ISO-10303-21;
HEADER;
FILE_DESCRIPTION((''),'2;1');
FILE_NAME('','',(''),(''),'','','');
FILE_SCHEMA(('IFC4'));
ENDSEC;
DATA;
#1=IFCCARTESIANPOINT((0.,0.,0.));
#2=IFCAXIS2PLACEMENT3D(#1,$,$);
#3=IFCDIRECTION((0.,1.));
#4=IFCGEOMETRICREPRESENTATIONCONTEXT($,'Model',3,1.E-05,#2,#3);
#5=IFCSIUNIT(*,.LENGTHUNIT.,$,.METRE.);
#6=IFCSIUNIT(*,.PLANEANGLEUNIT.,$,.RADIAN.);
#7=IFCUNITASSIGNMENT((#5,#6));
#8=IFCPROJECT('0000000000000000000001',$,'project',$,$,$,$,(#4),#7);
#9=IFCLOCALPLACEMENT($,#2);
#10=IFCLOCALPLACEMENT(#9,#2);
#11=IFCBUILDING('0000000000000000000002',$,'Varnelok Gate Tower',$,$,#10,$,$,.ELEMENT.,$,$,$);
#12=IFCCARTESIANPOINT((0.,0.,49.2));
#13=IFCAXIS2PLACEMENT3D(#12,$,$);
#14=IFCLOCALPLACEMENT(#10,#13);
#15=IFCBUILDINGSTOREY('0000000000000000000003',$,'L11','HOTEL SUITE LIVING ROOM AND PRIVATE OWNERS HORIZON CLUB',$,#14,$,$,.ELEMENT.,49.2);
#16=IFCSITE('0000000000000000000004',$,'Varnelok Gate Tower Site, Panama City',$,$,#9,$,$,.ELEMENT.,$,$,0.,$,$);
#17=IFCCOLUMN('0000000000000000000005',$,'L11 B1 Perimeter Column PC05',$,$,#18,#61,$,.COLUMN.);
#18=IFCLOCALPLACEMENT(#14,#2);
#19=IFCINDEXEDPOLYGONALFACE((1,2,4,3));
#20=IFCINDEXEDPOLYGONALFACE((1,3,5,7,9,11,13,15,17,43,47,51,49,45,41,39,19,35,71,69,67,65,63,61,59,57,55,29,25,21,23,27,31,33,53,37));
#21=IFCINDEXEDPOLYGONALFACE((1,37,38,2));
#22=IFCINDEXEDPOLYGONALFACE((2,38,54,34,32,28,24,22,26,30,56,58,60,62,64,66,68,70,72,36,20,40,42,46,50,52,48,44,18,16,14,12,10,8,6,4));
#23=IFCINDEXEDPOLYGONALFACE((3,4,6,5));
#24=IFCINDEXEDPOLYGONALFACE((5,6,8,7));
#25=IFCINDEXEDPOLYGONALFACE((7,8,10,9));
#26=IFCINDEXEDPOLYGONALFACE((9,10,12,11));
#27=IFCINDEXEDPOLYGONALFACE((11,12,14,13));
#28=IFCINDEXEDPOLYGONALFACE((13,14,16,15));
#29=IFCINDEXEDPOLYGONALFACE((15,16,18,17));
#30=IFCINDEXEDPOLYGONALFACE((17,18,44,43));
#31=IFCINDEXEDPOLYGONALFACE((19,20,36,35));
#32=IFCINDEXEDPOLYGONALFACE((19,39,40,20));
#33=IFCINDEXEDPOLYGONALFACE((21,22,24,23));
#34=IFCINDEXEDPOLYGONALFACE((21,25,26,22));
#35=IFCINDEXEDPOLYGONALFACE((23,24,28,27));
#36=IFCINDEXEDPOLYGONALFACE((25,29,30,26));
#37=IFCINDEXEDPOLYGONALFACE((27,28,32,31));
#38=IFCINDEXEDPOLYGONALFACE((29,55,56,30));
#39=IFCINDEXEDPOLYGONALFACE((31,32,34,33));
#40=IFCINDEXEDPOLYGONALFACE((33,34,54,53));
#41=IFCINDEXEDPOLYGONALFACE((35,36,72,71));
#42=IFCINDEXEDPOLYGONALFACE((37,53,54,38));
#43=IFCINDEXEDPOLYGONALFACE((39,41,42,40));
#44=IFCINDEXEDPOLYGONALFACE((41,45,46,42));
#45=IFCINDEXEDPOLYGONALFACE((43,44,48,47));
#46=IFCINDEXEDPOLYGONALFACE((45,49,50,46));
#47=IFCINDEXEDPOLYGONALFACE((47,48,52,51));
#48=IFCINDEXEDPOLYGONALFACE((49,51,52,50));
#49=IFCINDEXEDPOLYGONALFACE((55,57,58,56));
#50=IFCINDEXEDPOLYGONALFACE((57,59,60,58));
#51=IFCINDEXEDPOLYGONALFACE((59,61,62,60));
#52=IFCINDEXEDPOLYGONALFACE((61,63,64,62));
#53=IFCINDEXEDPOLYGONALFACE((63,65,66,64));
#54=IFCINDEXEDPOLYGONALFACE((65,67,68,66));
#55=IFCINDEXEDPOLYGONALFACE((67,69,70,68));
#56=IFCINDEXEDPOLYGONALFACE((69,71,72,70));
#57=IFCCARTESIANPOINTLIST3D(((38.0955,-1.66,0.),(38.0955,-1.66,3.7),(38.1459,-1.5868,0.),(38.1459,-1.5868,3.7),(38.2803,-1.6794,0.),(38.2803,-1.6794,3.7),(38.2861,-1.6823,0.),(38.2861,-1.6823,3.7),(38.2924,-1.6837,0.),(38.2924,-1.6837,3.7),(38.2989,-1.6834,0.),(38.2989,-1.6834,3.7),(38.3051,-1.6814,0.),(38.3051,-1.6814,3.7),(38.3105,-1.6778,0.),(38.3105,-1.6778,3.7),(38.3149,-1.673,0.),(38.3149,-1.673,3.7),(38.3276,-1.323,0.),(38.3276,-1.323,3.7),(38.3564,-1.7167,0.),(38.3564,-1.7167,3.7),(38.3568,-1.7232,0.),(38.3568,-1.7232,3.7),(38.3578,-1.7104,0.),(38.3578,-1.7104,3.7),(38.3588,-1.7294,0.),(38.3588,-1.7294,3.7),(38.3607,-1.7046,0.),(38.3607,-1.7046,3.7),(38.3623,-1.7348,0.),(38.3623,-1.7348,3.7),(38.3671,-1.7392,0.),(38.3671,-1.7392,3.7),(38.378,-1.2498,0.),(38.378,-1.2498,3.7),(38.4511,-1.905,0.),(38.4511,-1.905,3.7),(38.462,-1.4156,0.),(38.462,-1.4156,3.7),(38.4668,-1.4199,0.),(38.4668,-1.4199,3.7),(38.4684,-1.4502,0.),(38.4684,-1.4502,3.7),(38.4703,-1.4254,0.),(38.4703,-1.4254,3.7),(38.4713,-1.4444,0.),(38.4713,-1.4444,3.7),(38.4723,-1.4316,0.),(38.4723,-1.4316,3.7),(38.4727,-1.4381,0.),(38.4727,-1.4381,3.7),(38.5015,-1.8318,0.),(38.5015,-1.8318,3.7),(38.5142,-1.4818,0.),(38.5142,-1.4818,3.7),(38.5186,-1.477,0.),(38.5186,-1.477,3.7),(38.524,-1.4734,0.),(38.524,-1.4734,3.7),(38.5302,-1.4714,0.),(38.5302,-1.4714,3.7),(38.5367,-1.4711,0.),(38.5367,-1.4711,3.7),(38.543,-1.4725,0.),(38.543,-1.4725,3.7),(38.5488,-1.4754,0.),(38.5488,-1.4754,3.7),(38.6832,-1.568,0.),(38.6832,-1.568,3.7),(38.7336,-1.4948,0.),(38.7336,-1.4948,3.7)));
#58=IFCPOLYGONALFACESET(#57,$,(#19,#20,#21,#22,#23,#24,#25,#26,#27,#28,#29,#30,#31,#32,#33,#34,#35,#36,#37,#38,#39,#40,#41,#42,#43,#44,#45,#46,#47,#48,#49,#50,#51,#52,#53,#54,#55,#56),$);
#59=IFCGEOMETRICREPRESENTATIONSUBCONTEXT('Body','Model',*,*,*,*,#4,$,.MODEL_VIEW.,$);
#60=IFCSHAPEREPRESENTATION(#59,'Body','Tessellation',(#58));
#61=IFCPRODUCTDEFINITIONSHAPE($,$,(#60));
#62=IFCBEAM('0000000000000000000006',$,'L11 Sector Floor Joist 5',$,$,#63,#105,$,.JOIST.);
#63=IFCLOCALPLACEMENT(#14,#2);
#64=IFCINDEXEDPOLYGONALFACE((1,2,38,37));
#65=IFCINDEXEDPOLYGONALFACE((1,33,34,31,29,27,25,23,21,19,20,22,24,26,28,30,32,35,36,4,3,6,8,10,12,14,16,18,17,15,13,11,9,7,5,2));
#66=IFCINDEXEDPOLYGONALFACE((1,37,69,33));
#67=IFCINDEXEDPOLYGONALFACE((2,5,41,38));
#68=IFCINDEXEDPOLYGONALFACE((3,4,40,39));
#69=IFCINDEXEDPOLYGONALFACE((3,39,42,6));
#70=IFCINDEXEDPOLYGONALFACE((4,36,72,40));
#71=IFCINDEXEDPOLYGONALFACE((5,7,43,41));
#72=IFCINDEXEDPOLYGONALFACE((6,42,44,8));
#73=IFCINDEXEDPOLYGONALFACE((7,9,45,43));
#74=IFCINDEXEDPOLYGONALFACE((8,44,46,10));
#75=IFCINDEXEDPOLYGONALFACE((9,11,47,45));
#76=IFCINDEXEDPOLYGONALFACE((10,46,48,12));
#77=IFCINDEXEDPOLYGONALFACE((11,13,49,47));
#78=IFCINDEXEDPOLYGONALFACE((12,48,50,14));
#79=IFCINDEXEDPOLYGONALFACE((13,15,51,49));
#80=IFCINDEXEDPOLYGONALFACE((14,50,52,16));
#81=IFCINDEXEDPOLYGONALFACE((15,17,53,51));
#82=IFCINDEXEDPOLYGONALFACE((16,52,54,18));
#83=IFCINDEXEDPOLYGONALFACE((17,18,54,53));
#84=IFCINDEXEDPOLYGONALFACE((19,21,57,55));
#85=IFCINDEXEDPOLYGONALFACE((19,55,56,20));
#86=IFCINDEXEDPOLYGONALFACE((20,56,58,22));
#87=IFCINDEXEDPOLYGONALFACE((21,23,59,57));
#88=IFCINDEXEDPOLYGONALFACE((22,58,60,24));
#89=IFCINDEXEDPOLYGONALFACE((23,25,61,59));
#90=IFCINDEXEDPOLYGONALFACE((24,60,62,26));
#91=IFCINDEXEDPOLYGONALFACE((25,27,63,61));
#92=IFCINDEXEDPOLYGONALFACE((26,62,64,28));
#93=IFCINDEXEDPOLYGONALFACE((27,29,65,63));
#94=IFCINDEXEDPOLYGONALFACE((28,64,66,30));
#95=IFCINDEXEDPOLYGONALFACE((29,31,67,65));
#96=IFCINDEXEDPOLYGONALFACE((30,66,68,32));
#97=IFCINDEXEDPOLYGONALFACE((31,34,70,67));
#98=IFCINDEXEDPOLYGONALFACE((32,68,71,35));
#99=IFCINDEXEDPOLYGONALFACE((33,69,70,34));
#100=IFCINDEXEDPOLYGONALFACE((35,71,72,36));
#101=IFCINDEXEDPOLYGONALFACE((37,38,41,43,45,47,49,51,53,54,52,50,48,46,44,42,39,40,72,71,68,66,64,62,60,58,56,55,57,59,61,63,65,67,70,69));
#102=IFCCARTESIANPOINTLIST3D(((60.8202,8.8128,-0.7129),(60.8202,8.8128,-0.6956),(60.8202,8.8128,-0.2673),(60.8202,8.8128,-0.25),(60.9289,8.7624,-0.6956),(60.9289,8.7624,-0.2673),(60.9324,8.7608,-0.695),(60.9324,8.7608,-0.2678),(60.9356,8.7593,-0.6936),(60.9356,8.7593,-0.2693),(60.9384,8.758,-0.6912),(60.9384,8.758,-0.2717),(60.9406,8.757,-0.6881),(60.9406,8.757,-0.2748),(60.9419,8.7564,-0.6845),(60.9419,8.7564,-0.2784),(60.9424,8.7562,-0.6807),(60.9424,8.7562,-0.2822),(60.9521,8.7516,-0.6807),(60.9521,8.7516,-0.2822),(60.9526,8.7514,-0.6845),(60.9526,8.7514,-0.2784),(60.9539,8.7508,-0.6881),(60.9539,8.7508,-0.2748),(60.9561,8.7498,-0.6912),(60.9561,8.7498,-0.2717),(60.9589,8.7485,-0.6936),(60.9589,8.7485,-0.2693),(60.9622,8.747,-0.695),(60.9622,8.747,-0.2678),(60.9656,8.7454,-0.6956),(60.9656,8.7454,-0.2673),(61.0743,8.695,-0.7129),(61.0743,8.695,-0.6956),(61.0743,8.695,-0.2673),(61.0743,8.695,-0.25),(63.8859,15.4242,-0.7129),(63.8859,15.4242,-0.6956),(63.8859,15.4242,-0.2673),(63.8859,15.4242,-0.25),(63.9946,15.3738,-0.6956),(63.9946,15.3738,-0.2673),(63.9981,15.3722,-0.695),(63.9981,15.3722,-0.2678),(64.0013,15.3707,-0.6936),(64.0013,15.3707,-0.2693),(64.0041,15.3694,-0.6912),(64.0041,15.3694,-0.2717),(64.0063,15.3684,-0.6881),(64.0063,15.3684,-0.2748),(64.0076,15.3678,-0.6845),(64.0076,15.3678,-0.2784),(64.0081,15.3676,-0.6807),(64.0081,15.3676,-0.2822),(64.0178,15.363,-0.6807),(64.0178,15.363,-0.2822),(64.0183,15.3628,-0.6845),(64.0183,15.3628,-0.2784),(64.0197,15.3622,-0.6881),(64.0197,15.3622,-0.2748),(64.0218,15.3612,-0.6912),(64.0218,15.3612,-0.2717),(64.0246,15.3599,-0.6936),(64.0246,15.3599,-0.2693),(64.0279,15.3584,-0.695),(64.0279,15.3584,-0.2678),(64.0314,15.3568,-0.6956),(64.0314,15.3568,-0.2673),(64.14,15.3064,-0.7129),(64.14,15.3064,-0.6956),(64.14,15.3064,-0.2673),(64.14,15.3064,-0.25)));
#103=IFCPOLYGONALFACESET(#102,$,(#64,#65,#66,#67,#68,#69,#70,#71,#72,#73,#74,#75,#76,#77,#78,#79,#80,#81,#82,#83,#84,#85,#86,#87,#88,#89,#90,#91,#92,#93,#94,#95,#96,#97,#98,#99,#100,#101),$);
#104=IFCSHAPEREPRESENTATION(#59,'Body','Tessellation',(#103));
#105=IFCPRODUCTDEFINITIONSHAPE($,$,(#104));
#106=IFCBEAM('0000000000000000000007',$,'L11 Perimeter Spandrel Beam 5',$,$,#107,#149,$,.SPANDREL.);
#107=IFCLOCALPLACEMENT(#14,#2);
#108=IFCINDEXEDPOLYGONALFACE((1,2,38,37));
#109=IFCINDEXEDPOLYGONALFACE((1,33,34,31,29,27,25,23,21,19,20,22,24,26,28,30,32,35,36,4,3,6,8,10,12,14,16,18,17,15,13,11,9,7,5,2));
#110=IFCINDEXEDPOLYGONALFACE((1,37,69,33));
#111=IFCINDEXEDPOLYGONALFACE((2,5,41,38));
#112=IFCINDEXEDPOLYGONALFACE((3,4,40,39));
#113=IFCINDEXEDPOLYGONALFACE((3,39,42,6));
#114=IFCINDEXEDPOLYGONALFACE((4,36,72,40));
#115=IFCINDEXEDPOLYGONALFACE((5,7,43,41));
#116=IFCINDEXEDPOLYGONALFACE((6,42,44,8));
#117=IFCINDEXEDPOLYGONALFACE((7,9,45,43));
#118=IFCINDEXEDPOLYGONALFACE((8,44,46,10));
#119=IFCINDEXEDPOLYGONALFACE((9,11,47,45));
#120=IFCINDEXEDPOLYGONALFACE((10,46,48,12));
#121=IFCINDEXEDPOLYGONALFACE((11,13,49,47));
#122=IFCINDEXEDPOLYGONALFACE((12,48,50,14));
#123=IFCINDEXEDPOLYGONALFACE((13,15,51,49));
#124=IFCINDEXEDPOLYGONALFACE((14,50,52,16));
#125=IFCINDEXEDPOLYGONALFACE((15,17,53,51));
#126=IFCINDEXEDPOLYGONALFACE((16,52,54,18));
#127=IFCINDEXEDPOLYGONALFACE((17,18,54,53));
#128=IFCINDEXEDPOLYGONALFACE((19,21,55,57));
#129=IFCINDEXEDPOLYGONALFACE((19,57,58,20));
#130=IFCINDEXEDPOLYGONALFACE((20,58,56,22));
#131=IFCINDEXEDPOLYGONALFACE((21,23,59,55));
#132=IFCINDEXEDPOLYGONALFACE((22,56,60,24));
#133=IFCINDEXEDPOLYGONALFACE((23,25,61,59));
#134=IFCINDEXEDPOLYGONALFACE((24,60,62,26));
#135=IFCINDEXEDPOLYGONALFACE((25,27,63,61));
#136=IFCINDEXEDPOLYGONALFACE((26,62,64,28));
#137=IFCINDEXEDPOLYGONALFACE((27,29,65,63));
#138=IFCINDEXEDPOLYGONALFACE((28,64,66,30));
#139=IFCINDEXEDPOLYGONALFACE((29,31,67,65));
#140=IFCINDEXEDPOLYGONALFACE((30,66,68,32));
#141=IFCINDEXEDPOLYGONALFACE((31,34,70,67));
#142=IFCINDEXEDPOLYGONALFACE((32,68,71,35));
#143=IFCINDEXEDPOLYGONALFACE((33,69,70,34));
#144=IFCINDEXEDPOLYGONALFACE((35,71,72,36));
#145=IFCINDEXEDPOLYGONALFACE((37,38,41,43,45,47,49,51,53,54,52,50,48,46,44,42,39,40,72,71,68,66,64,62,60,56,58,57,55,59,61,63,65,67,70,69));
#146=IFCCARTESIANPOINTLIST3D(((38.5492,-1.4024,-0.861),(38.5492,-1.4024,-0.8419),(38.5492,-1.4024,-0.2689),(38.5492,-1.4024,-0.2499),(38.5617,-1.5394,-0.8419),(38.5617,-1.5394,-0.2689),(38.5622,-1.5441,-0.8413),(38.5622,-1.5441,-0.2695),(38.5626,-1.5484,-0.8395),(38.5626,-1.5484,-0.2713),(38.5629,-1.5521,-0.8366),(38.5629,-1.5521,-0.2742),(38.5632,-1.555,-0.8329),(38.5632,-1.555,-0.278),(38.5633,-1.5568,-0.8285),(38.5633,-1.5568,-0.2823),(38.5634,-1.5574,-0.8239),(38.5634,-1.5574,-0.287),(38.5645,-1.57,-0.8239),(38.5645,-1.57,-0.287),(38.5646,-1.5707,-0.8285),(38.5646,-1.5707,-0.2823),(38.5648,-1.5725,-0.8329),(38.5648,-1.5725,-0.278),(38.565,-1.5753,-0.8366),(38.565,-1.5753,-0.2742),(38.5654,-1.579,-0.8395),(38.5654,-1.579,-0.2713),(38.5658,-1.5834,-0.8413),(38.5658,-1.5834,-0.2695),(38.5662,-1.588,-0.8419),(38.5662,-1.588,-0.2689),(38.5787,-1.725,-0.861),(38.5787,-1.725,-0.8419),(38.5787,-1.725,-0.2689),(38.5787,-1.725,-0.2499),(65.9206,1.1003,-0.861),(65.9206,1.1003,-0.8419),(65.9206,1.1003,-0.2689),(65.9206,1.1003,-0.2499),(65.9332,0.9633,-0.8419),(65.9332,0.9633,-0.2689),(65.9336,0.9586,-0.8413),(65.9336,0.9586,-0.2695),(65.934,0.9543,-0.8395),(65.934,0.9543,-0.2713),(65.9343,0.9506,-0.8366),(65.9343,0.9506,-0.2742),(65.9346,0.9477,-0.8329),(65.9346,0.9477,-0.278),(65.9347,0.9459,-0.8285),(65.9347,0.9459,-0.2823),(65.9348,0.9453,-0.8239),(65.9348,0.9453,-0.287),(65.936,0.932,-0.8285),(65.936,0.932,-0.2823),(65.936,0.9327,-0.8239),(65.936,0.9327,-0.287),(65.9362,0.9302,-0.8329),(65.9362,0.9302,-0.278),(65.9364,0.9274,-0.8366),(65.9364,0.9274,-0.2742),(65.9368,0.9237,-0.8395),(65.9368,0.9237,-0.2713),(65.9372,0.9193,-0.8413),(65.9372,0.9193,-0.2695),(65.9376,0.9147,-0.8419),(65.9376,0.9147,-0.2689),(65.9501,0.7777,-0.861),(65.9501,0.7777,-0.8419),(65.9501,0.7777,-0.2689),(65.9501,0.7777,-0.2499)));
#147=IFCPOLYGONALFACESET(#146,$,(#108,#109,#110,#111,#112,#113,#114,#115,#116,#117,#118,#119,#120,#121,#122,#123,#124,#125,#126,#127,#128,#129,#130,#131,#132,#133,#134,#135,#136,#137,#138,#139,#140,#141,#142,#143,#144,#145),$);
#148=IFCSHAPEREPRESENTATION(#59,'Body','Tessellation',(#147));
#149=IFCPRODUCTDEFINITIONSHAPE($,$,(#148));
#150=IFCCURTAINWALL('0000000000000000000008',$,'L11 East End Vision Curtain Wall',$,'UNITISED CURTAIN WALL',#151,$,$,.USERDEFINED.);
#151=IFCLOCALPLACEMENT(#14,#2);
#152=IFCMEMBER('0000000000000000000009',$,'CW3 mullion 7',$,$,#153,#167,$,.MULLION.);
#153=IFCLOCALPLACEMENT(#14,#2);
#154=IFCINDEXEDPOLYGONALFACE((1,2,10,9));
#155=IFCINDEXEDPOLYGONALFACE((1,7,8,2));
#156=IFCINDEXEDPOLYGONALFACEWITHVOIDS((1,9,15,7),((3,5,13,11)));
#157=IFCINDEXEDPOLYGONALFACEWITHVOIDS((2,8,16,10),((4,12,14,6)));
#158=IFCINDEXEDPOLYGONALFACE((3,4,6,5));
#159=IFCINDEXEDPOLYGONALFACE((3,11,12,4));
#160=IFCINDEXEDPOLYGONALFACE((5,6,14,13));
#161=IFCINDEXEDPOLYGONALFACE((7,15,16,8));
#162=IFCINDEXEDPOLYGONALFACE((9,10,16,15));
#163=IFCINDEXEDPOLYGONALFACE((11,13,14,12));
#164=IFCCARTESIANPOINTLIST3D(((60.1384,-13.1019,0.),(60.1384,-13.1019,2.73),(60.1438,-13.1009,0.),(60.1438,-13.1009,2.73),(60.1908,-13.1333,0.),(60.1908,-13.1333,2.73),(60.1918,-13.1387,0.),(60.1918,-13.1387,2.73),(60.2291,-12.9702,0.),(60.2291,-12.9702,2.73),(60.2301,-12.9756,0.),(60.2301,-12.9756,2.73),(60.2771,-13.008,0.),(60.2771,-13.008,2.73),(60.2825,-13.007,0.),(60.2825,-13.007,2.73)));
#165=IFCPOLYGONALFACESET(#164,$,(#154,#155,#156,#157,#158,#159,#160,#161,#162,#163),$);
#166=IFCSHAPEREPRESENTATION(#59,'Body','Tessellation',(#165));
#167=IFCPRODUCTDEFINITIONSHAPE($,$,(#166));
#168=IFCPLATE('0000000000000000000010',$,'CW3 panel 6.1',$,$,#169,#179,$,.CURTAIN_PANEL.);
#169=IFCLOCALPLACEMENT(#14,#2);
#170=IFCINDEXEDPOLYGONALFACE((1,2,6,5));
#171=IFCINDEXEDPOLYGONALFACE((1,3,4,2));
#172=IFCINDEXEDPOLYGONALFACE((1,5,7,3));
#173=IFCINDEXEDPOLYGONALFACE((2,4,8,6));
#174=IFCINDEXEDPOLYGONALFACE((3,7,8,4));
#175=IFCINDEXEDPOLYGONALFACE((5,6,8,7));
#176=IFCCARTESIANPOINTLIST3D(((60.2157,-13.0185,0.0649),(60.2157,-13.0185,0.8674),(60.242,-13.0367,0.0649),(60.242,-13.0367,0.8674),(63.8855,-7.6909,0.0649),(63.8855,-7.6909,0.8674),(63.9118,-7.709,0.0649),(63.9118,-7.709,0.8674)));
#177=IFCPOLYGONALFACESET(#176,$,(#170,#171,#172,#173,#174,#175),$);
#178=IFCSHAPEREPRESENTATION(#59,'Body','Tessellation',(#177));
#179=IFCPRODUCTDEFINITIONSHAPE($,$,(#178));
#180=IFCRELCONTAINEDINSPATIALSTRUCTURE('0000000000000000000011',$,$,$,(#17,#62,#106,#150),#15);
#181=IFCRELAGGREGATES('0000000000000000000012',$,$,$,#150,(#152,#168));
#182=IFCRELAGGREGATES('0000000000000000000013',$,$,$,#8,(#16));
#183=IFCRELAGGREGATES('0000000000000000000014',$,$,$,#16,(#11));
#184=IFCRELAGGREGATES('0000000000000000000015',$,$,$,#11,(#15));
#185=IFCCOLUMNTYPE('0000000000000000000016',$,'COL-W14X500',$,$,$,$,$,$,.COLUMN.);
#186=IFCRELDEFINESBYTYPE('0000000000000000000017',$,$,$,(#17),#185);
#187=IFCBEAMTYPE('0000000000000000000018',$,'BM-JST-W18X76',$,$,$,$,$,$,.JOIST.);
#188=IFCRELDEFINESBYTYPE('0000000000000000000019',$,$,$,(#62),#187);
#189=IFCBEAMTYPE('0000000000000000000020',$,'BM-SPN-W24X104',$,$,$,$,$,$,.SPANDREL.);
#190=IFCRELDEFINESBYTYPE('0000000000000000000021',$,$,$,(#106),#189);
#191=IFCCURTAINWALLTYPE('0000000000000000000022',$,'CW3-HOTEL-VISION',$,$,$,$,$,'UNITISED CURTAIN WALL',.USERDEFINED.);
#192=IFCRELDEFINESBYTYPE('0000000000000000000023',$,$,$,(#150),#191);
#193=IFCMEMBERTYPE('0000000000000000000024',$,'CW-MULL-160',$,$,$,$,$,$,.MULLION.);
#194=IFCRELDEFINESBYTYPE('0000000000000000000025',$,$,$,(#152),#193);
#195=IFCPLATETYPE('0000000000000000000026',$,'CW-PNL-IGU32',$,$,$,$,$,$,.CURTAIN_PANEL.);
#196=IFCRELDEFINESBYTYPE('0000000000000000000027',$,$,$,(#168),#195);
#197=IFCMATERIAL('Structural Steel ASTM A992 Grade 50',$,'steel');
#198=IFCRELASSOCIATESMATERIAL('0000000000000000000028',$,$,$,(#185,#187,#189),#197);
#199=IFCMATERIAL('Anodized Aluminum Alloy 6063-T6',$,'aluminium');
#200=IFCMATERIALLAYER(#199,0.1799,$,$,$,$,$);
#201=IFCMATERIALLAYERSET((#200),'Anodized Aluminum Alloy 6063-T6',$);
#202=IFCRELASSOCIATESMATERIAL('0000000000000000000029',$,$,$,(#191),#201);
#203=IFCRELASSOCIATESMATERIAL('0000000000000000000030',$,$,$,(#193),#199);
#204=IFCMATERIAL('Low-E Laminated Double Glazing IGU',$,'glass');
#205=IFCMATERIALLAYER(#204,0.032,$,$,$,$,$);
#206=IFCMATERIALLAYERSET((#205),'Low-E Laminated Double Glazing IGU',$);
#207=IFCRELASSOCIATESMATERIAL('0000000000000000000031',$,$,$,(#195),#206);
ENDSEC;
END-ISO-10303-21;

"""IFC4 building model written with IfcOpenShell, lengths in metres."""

from ifc_helpers import new_model, si_unit, direction, frame, origin, origin_2d, place, context, subcontext, project, spatial, rectangle, hollow_rectangle, i_section, extrude, source, transform, mapped, material, layer, layer_set, material_profile, profile_set, type_object, element, aggregate, save


model = new_model("IFC4")

# Units and contexts
model_context = context("Model", 3, precision=1e-05, world=origin(), true_north=direction((0.0, 1.0)))
body_context = subcontext(model_context, "Body", "Model", "MODEL_VIEW")
ifc_project = project(units=[si_unit("LENGTHUNIT", "METRE"), si_unit("PLANEANGLEUNIT", "RADIAN")], contexts=[model_context])

# Site, building, storey
site_placement = place(None, origin())
site = spatial("IfcSite", under=ifc_project, at=site_placement, Name="Varnelok Gate Tower Site, Panama City", CompositionType="ELEMENT", RefElevation=0.0)
building_placement = place(site_placement, origin())
building = spatial("IfcBuilding", under=site, at=building_placement, Name="Varnelok Gate Tower", CompositionType="ELEMENT")
storey_placement = place(building_placement, frame((0.0, 0.0, 49.2)))
storey = spatial("IfcBuildingStorey", under=building, at=storey_placement, Name="L11", Description="HOTEL SUITE LIVING ROOM AND PRIVATE OWNERS HORIZON CLUB", CompositionType="ELEMENT", Elevation=49.2)

# Column
ifc_material_1 = material(Name="Structural Steel ASTM A992 Grade 50", Category="steel")
ifc_material_profile_1 = material_profile(ifc_material_1, i_section(OverallWidth=0.4319, OverallDepth=0.498, WebThickness=0.0557, FlangeThickness=0.0889, FilletRadius=0.0249, at=origin_2d()), Name="W14X500")
ifc_profile_set_1 = profile_set([ifc_material_profile_1], Name="Structural Steel ASTM A992 Grade 50")
column_type = type_object("IfcColumnType", Name="COL-W14X500", PredefinedType="COLUMN", material=ifc_profile_set_1)
column_placement = place(storey_placement, frame((38.4146, -1.5774, 0.0), z_axis=(0.0, 0.0, 1.0), x_axis=(0.823533, -0.567269, 0.0)))
element("IfcColumn", 1, at=column_placement, inside=storey, type_object=column_type, Name="L11 B1 Perimeter Column PC05", PredefinedType="COLUMN", context=body_context, shape_type="SweptSolid", body=[
    extrude(i_section(OverallWidth=0.4319, OverallDepth=0.498, WebThickness=0.0557, FlangeThickness=0.0889, FilletRadius=0.0249, at=origin_2d()), origin(), (0.0, 0.0, 1.0), 3.7),
])

# Beams
ifc_material_profile_2 = material_profile(ifc_material_1, i_section(OverallWidth=0.28, OverallDepth=0.4629, WebThickness=0.0107, FlangeThickness=0.0173, FilletRadius=0.0149, at=origin_2d()), Name="W18X76")
ifc_profile_set_2 = profile_set([ifc_material_profile_2], Name="Structural Steel ASTM A992 Grade 50")
beam_type_1 = type_object("IfcBeamType", Name="BM-JST-W18X76", PredefinedType="JOIST", material=ifc_profile_set_2)
beam_1_placement = place(storey_placement, frame((60.9473, 8.7539, -0.4814), z_axis=(0.420674, 0.907212, 0.0), x_axis=(-0.907212, 0.420674, 0.0)))
element("IfcBeam", 2, at=beam_1_placement, inside=storey, type_object=beam_type_1, Name="L11 Sector Floor Joist 5", PredefinedType="JOIST", context=body_context, shape_type="SweptSolid", body=[
    extrude(i_section(OverallWidth=0.28, OverallDepth=0.4629, WebThickness=0.0107, FlangeThickness=0.0173, FilletRadius=0.0149, at=origin_2d()), origin(), (0.0, 0.0, 1.0), 7.2876),
])
ifc_material_profile_3 = material_profile(ifc_material_1, i_section(OverallWidth=0.324, OverallDepth=0.6111, WebThickness=0.0127, FlangeThickness=0.019, FilletRadius=0.0181, at=origin_2d()), Name="W24X104")
ifc_profile_set_3 = profile_set([ifc_material_profile_3], Name="Structural Steel ASTM A992 Grade 50")
beam_type_2 = type_object("IfcBeamType", Name="BM-SPN-W24X104", PredefinedType="SPANDREL", material=ifc_profile_set_3)
beam_2_placement = place(storey_placement, frame((38.564, -1.5637, -0.5554), z_axis=(0.995846, 0.091055, 0.0), x_axis=(-0.091055, 0.995846, 0.0)))
element("IfcBeam", 3, at=beam_2_placement, inside=storey, type_object=beam_type_2, Name="L11 Perimeter Spandrel Beam 5", PredefinedType="SPANDREL", context=body_context, shape_type="SweptSolid", body=[
    extrude(i_section(OverallWidth=0.324, OverallDepth=0.6111, WebThickness=0.0127, FlangeThickness=0.019, FilletRadius=0.0181, at=origin_2d()), origin(), (0.0, 0.0, 1.0), 27.4856),
])

# Curtain wall, member, plate
ifc_material_2 = material(Name="Anodized Aluminum Alloy 6063-T6", Category="aluminium")
ifc_layer_1 = layer(ifc_material_2, 0.1799)
ifc_layer_set_1 = layer_set([ifc_layer_1], Name="Anodized Aluminum Alloy 6063-T6")
curtain_wall_type = type_object("IfcCurtainWallType", Name="CW3-HOTEL-VISION", ElementType="UNITISED CURTAIN WALL", PredefinedType="USERDEFINED", material=ifc_layer_set_1)
curtain_wall_placement = place(storey_placement, origin())
curtain_wall = element("IfcCurtainWall", 4, at=curtain_wall_placement, inside=storey, type_object=curtain_wall_type, Name="L11 East End Vision Curtain Wall", ObjectType="UNITISED CURTAIN WALL", PredefinedType="USERDEFINED")
ifc_material_profile_4 = material_profile(ifc_material_2, hollow_rectangle(XDim=0.0649, YDim=0.1599, WallThickness=0.0039, at=origin_2d()), Name="ALU160X65X4")
ifc_profile_set_4 = profile_set([ifc_material_profile_4], Name="Anodized Aluminum Alloy 6063-T6")
member_type = type_object("IfcMemberType", Name="CW-MULL-160", PredefinedType="MULLION", material=ifc_profile_set_4)
member_placement = place(storey_placement, frame((60.2104, -13.0544, 0.0), z_axis=(0.0, 0.0, 1.0), x_axis=(0.823533, -0.567269, 0.0)))
member = element("IfcMember", 5, at=member_placement, type_object=member_type, Name="CW3 mullion 7", PredefinedType="MULLION", context=body_context, shape_type="SweptSolid", body=[
    extrude(hollow_rectangle(XDim=0.0649, YDim=0.1599, WallThickness=0.0039, at=origin_2d()), origin(), (0.0, 0.0, 1.0), 2.73),
])
ifc_material_3 = material(Name="Low-E Laminated Double Glazing IGU", Category="glass")
ifc_layer_2 = layer(ifc_material_3, 0.032)
ifc_layer_set_2 = layer_set([ifc_layer_2], Name="Low-E Laminated Double Glazing IGU")
plate_type = type_object("IfcPlateType", Name="CW-PNL-IGU32", PredefinedType="CURTAIN_PANEL", material=ifc_layer_set_2)
shared_shape_1 = source(origin(), body_context, "Body", "SweptSolid", [
    extrude(rectangle(XDim=6.4692, YDim=0.032, at=origin_2d()), origin(), (0.0, 0.0, 1.0), 0.8025),
])
plate_1_placement = place(storey_placement, frame((62.0637, -10.3638, 0.0649), z_axis=(0.0, 0.0, 1.0), x_axis=(-0.567269, -0.823533, 0.0)))
plate_1 = element("IfcPlate", 6, at=plate_1_placement, type_object=plate_type, Name="CW3 panel 6.1", PredefinedType="CURTAIN_PANEL", context=body_context, shape_type="MappedRepresentation", body=[
    mapped(shared_shape_1, transform((0.0, 0.0, 0.0), scale=1.0)),
])
aggregate(curtain_wall, [member, plate_1])

save(model, "model.ifc")
